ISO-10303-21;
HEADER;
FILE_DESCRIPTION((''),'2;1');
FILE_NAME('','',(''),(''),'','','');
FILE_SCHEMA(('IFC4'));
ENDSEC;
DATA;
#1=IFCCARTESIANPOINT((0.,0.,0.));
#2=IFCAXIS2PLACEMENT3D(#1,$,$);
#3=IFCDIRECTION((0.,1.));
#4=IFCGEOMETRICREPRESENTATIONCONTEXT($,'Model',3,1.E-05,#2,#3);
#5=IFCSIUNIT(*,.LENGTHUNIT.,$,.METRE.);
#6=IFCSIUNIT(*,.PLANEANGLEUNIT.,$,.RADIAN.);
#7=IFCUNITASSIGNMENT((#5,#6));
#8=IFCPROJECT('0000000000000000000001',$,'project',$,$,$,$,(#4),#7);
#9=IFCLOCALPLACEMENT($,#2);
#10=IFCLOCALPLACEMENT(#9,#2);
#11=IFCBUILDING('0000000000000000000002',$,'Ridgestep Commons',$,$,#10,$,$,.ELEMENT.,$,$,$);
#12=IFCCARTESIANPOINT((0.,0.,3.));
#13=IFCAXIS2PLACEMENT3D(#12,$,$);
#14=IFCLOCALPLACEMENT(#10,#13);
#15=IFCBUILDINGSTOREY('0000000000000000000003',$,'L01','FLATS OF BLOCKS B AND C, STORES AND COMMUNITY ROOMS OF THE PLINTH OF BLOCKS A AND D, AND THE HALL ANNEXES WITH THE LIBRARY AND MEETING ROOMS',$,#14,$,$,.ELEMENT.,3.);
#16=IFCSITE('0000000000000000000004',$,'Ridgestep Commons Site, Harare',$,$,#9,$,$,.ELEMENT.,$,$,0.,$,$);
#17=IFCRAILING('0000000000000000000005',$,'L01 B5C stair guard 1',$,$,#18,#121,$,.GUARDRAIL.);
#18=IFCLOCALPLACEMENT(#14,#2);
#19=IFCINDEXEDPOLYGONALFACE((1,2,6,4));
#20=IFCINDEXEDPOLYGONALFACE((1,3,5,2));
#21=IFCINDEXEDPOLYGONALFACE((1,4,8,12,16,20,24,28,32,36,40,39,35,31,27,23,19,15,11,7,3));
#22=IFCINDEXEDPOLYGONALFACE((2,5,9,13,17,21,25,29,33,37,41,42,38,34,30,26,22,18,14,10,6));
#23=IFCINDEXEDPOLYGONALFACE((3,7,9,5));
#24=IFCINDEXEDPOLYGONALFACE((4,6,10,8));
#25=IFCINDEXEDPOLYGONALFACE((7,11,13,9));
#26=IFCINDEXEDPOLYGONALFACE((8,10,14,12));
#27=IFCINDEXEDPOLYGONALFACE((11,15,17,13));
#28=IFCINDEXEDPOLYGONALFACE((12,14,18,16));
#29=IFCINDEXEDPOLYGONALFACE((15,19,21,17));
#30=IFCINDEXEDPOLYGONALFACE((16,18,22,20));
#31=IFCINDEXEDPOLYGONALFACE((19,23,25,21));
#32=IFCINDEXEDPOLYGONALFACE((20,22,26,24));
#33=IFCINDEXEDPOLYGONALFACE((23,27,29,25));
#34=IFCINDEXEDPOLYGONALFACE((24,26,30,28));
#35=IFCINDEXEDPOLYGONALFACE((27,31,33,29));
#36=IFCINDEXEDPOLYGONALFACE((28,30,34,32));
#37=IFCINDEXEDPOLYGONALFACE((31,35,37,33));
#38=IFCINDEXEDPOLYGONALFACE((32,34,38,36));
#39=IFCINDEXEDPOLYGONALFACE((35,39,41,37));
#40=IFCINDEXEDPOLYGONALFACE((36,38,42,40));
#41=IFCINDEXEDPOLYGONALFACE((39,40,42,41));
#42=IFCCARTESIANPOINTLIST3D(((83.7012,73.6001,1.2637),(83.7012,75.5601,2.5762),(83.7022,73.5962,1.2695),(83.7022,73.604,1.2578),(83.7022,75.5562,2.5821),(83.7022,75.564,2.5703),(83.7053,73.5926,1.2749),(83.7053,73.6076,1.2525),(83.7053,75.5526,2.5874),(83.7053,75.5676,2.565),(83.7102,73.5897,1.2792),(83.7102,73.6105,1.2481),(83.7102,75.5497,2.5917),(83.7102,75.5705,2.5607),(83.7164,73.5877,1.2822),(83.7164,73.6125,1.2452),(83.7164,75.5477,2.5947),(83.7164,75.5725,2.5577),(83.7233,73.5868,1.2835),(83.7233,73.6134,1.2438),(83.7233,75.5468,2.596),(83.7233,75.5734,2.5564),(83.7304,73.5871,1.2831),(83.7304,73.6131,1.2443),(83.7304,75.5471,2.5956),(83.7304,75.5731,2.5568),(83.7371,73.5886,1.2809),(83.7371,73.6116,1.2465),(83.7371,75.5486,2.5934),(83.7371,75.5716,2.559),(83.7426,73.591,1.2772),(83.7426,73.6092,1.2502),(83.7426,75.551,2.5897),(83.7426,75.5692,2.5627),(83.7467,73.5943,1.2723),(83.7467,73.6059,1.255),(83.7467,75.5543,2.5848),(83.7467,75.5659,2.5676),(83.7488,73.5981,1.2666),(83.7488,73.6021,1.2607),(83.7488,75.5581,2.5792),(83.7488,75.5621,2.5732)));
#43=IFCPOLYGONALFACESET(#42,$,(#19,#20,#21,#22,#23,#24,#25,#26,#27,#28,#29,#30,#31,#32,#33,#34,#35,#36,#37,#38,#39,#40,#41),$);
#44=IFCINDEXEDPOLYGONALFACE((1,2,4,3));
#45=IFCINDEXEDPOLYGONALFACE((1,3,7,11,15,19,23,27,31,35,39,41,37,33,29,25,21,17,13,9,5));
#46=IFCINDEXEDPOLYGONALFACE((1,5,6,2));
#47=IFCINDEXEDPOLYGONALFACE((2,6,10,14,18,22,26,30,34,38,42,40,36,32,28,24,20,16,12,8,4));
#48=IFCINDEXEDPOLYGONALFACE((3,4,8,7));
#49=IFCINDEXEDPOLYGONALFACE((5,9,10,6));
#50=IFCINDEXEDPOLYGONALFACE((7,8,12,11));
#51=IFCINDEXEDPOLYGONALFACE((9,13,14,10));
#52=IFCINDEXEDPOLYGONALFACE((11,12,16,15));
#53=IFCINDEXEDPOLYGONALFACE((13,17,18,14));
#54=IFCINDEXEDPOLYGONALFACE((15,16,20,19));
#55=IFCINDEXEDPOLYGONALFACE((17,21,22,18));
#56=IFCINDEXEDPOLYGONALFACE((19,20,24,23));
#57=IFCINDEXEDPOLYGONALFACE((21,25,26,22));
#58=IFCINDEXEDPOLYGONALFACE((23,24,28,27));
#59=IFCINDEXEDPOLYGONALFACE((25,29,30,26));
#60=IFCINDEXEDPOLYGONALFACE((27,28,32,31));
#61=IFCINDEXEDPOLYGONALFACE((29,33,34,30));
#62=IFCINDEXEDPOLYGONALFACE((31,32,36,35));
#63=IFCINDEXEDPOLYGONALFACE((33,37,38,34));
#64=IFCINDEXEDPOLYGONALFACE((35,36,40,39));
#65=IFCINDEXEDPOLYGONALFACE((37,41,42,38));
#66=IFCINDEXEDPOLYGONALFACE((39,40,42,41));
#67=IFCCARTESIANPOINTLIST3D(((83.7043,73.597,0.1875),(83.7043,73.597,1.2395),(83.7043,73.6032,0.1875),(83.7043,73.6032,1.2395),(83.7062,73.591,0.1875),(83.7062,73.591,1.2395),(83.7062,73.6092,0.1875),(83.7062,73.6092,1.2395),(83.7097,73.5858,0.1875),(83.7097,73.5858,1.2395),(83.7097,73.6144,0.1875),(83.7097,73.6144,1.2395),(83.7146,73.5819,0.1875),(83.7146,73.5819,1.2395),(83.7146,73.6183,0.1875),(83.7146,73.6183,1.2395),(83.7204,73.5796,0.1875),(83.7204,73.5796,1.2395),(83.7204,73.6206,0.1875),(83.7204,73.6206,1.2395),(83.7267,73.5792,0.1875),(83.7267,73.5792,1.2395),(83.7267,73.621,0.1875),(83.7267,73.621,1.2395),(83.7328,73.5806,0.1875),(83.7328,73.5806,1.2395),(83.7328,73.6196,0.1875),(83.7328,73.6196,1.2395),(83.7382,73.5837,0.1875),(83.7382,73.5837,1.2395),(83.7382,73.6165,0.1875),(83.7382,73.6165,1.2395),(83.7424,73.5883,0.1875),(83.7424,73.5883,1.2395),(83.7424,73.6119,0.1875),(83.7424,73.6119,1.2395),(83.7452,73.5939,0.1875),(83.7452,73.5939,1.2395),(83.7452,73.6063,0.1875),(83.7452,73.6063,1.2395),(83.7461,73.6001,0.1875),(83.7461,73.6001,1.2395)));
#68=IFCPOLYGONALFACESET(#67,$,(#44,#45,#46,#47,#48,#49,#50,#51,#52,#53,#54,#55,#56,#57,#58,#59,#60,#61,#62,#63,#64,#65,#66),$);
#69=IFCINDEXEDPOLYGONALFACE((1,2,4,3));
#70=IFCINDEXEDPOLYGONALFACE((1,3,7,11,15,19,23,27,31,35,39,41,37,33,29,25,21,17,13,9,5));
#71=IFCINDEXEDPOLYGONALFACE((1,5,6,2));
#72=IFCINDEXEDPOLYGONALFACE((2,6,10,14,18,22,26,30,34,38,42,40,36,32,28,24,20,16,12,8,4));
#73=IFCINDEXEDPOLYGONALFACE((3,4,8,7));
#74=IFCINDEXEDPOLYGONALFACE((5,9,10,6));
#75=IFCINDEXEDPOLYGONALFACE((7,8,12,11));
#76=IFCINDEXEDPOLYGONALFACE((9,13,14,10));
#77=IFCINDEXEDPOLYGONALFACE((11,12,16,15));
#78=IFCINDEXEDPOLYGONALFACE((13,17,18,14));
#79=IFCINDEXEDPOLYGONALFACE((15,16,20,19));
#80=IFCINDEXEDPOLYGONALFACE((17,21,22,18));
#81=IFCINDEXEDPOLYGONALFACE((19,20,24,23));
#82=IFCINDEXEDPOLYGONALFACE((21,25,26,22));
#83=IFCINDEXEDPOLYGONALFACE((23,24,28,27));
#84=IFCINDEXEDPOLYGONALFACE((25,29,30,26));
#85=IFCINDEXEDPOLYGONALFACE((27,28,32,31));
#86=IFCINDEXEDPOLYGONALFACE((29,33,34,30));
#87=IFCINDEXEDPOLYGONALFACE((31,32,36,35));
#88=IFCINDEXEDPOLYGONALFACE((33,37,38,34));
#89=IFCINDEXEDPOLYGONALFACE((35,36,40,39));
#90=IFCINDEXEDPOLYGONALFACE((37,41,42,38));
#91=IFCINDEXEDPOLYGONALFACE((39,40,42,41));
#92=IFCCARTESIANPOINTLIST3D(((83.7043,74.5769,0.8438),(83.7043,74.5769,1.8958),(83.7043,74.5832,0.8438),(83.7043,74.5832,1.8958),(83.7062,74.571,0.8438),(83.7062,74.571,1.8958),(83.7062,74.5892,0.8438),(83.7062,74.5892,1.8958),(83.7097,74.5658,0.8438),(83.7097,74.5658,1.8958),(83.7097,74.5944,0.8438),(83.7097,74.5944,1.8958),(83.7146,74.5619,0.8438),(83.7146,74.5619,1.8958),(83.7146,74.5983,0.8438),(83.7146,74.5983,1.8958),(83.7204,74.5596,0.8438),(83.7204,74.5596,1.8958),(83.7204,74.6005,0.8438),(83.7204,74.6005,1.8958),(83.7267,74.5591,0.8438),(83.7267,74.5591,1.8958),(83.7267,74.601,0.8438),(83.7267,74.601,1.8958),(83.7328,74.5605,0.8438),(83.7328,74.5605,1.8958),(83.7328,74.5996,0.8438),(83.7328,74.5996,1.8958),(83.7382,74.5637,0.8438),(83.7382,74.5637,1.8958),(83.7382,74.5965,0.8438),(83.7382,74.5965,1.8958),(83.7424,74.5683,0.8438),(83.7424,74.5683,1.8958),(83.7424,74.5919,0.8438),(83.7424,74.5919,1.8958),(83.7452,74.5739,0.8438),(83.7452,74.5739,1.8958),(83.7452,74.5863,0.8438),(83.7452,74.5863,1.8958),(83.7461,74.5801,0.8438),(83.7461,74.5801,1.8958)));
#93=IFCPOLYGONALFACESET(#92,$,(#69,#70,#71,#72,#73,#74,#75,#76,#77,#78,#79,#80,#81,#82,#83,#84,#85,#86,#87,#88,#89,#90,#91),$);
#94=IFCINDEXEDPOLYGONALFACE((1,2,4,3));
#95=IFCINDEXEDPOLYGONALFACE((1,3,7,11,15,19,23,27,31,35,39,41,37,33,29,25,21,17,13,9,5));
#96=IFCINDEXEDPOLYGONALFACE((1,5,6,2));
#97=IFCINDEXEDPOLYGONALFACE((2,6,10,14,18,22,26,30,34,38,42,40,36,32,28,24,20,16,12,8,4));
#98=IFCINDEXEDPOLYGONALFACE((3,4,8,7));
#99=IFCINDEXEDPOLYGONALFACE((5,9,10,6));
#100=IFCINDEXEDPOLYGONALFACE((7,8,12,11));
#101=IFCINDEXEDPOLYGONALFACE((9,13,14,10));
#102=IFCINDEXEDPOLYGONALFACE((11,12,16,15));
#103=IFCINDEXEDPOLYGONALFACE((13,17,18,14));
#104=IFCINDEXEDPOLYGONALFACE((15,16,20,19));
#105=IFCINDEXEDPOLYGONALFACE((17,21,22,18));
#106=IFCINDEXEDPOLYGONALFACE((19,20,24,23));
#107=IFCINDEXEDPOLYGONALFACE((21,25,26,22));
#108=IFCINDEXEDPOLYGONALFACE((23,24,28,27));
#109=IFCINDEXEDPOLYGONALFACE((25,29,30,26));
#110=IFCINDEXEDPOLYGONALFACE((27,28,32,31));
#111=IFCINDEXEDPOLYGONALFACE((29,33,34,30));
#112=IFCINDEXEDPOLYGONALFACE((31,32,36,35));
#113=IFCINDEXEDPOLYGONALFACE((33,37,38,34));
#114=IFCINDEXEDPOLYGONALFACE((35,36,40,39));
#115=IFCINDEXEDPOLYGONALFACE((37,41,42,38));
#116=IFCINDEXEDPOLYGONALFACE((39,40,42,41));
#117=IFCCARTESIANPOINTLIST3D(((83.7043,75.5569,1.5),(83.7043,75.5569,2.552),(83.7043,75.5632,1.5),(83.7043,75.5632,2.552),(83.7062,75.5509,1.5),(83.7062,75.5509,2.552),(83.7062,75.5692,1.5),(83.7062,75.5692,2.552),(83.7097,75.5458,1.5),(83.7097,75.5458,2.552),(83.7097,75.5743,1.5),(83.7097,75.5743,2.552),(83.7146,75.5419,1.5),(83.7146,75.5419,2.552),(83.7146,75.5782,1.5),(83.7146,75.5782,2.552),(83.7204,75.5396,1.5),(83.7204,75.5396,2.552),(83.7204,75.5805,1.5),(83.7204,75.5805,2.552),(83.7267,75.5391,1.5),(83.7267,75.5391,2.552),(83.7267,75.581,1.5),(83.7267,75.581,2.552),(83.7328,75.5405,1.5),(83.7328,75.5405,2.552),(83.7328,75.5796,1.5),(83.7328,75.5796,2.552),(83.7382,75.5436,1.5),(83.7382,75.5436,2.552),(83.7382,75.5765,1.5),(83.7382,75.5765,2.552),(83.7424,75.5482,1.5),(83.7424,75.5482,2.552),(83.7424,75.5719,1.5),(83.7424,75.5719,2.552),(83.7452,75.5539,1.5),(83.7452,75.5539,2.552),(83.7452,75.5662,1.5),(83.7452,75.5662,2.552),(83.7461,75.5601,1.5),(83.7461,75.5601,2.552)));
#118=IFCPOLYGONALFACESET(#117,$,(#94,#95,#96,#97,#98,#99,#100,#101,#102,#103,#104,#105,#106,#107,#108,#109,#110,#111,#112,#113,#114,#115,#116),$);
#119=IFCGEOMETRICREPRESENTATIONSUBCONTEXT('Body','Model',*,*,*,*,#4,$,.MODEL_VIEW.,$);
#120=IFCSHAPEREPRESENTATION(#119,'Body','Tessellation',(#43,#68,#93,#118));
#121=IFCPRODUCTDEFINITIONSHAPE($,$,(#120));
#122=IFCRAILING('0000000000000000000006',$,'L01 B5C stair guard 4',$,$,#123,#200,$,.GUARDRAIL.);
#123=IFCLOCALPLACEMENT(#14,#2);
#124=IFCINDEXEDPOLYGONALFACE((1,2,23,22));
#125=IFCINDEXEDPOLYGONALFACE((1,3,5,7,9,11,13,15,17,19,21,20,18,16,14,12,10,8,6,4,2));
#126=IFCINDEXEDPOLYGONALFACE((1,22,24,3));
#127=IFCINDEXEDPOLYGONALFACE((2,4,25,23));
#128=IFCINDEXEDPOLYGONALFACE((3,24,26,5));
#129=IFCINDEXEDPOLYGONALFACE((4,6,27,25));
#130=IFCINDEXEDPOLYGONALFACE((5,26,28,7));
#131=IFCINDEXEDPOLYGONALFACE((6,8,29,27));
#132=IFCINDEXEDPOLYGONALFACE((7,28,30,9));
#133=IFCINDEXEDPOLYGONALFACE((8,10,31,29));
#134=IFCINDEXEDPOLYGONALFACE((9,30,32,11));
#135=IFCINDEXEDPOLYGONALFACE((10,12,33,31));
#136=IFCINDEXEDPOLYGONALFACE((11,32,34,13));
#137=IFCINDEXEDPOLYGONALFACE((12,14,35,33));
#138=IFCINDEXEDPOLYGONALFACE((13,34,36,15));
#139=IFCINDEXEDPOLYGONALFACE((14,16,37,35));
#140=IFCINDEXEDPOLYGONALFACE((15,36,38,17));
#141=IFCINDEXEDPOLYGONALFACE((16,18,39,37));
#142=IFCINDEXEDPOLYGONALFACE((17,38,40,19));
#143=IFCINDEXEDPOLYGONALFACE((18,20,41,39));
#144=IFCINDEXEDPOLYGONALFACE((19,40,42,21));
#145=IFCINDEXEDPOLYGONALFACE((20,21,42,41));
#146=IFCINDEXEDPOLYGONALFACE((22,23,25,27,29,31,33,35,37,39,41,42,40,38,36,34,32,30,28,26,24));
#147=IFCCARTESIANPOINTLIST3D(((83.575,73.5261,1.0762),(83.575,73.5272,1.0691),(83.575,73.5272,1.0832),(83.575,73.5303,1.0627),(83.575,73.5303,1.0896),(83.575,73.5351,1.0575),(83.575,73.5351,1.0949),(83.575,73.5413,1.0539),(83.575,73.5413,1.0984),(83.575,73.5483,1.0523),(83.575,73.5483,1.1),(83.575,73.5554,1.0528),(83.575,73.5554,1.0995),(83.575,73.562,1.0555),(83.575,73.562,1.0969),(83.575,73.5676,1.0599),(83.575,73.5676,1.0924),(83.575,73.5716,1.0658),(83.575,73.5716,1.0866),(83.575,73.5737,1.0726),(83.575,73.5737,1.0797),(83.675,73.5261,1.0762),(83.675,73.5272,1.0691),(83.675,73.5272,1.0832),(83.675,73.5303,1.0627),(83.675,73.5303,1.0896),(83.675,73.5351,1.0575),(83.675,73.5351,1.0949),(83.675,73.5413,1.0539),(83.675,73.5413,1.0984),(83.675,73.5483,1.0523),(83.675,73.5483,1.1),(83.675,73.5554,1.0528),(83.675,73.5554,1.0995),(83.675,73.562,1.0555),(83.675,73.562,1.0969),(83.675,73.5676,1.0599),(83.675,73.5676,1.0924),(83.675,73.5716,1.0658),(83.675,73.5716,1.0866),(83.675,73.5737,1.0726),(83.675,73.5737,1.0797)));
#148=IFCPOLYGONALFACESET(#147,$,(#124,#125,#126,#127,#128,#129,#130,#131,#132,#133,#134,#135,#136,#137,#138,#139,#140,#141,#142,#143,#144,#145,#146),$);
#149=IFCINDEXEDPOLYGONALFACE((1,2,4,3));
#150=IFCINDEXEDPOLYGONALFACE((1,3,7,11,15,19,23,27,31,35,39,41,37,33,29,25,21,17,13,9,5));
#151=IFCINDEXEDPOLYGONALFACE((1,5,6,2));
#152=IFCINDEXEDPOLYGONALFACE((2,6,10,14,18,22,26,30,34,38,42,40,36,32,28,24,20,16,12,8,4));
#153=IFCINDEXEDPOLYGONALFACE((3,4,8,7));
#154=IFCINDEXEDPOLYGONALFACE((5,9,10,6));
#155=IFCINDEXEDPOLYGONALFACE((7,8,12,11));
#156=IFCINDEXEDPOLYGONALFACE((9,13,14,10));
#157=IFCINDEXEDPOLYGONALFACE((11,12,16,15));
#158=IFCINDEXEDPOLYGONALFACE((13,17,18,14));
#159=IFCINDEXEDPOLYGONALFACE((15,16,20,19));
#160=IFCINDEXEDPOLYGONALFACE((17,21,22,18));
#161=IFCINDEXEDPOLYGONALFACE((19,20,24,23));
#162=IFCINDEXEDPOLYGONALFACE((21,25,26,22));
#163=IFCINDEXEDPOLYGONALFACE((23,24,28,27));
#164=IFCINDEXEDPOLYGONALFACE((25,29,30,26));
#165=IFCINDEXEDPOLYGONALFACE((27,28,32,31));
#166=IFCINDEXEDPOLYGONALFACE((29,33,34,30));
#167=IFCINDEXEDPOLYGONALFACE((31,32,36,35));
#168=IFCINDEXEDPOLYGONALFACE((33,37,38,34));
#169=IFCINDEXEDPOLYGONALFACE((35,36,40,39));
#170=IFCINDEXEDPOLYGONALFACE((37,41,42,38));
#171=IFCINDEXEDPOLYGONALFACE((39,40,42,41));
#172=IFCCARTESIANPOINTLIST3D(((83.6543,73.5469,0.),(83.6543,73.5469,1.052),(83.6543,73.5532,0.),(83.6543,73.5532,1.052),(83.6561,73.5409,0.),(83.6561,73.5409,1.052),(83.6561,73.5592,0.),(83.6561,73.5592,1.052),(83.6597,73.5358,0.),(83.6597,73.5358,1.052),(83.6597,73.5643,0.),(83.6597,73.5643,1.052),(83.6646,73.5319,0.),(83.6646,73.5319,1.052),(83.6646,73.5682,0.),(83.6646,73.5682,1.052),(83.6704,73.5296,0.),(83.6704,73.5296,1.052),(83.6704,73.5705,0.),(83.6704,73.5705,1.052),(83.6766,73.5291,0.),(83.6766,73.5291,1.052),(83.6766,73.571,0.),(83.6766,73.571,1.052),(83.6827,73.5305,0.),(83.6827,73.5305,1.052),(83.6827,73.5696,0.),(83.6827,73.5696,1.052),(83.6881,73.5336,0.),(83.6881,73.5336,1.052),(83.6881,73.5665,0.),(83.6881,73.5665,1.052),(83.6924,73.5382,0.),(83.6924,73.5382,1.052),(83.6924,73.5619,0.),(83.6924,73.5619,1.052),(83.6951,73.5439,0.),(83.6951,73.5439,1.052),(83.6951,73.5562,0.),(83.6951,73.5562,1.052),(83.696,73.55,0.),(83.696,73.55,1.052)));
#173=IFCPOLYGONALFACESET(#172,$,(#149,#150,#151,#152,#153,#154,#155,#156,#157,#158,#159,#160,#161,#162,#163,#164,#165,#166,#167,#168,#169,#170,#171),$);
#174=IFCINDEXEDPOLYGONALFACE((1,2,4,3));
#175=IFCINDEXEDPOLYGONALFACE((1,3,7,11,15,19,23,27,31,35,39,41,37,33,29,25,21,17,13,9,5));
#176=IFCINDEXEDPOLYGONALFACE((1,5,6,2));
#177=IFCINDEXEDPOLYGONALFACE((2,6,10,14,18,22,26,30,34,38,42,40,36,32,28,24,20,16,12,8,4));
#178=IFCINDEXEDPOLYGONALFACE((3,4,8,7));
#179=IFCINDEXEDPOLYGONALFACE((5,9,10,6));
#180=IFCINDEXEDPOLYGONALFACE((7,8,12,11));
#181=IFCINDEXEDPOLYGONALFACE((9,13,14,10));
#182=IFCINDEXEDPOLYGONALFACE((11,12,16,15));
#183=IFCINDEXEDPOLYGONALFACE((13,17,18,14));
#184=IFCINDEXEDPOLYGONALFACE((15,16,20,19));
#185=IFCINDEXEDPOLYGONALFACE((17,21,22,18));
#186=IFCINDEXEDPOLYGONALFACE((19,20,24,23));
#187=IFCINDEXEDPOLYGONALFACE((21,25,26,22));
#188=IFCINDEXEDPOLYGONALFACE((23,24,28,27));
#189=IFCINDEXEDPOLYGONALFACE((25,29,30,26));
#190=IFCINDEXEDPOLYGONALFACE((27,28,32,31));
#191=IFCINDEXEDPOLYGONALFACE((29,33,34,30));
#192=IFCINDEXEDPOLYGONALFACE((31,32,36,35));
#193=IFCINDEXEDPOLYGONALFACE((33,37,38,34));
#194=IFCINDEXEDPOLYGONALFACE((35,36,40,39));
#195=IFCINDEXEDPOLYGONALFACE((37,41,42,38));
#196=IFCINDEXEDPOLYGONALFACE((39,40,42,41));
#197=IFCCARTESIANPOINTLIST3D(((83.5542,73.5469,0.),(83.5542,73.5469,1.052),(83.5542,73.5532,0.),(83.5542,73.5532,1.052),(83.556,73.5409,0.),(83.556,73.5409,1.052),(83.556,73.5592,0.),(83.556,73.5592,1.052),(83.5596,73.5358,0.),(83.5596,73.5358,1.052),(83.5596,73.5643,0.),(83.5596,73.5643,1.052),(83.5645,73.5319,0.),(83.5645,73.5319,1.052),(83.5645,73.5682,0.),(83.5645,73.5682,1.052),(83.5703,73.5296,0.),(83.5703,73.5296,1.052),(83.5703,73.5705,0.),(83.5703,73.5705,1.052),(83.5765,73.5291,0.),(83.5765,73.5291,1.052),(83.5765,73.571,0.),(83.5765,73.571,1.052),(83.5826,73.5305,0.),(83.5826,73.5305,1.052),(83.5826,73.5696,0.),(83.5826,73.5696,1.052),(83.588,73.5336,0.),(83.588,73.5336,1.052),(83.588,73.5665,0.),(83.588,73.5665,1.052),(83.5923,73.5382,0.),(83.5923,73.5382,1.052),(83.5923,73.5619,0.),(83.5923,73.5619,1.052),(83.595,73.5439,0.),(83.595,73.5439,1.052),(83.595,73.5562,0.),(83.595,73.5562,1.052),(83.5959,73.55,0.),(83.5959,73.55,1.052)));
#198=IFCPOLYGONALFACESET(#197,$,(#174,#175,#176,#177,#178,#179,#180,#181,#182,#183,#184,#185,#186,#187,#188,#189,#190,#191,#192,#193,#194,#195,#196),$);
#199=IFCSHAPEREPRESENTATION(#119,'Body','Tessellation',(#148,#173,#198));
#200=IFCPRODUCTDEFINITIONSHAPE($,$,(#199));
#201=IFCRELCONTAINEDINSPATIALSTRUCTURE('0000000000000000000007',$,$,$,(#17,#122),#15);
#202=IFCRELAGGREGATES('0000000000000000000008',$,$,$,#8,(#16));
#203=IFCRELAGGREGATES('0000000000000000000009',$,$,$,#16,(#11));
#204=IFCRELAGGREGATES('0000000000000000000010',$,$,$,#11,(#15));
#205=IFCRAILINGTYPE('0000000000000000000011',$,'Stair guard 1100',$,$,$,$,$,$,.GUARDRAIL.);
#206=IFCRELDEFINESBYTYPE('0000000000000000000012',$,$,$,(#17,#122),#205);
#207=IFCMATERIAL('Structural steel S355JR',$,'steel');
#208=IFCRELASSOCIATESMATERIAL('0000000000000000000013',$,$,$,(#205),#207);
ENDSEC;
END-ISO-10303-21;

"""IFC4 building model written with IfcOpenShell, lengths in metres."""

from ifc_helpers import new_model, si_unit, direction, frame, origin, origin_2d, place, context, subcontext, project, spatial, circle, extrude, material, type_object, element, save


model = new_model("IFC4")

# Units and contexts
model_context = context("Model", 3, precision=1e-05, world=origin(), true_north=direction((0.0, 1.0)))
body_context = subcontext(model_context, "Body", "Model", "MODEL_VIEW")
ifc_project = project(units=[si_unit("LENGTHUNIT", "METRE"), si_unit("PLANEANGLEUNIT", "RADIAN")], contexts=[model_context])

# Site, building, storey
site_placement = place(None, origin())
site = spatial("IfcSite", under=ifc_project, at=site_placement, Name="Ridgestep Commons Site, Harare", CompositionType="ELEMENT", RefElevation=0.0)
building_placement = place(site_placement, origin())
building = spatial("IfcBuilding", under=site, at=building_placement, Name="Ridgestep Commons", CompositionType="ELEMENT")
storey_placement = place(building_placement, frame((0.0, 0.0, 3.0)))
storey = spatial("IfcBuildingStorey", under=building, at=storey_placement, Name="L01", Description="FLATS OF BLOCKS B AND C, STORES AND COMMUNITY ROOMS OF THE PLINTH OF BLOCKS A AND D, AND THE HALL ANNEXES WITH THE LIBRARY AND MEETING ROOMS", CompositionType="ELEMENT", Elevation=3.0)

# Railings
ifc_material_1 = material(Name="Structural steel S355JR", Category="steel")
railing_type_1 = type_object("IfcRailingType", Name="Stair guard 1100", PredefinedType="GUARDRAIL", material=ifc_material_1)
railing_1_placement = place(storey_placement, frame((83.7251, 73.6001, 0.1875)))
element("IfcRailing", 1, at=railing_1_placement, inside=storey, type_object=railing_type_1, Name="L01 B5C stair guard 1", PredefinedType="GUARDRAIL", context=body_context, shape_type="SweptSolid", body=[
    extrude(circle(Radius=0.0239, at=origin_2d()), frame((0.0, 0.0, 1.0762), z_axis=(0.0, 0.830902, 0.556419), x_axis=(-1.0, 0.0, 0.0)), (0.0, 0.0, 1.0), 2.3589),
    extrude(circle(Radius=0.021, at=origin_2d()), origin(), (0.0, 0.0, 1.0), 1.052),
    extrude(circle(Radius=0.021, at=origin_2d()), frame((0.0, 0.98, 0.6562)), (0.0, 0.0, 1.0), 1.052),
    extrude(circle(Radius=0.021, at=origin_2d()), frame((0.0, 1.96, 1.3125)), (0.0, 0.0, 1.0), 1.052),
])
railing_2_placement = place(storey_placement, frame((83.675, 73.55, 0.0)))
element("IfcRailing", 2, at=railing_2_placement, inside=storey, type_object=railing_type_1, Name="L01 B5C stair guard 4", PredefinedType="GUARDRAIL", context=body_context, shape_type="SweptSolid", body=[
    extrude(circle(Radius=0.0239, at=origin_2d()), frame((0.0, 0.0, 1.0762), z_axis=(-1.0, 0.0, 0.0), x_axis=(0.0, -1.0, 0.0)), (0.0, 0.0, 1.0), 0.1001),
    extrude(circle(Radius=0.021, at=origin_2d()), origin(), (0.0, 0.0, 1.0), 1.052),
    extrude(circle(Radius=0.021, at=origin_2d()), frame((-0.1001, 0.0, 0.0)), (0.0, 0.0, 1.0), 1.052),
])

save(model, "model.ifc")
